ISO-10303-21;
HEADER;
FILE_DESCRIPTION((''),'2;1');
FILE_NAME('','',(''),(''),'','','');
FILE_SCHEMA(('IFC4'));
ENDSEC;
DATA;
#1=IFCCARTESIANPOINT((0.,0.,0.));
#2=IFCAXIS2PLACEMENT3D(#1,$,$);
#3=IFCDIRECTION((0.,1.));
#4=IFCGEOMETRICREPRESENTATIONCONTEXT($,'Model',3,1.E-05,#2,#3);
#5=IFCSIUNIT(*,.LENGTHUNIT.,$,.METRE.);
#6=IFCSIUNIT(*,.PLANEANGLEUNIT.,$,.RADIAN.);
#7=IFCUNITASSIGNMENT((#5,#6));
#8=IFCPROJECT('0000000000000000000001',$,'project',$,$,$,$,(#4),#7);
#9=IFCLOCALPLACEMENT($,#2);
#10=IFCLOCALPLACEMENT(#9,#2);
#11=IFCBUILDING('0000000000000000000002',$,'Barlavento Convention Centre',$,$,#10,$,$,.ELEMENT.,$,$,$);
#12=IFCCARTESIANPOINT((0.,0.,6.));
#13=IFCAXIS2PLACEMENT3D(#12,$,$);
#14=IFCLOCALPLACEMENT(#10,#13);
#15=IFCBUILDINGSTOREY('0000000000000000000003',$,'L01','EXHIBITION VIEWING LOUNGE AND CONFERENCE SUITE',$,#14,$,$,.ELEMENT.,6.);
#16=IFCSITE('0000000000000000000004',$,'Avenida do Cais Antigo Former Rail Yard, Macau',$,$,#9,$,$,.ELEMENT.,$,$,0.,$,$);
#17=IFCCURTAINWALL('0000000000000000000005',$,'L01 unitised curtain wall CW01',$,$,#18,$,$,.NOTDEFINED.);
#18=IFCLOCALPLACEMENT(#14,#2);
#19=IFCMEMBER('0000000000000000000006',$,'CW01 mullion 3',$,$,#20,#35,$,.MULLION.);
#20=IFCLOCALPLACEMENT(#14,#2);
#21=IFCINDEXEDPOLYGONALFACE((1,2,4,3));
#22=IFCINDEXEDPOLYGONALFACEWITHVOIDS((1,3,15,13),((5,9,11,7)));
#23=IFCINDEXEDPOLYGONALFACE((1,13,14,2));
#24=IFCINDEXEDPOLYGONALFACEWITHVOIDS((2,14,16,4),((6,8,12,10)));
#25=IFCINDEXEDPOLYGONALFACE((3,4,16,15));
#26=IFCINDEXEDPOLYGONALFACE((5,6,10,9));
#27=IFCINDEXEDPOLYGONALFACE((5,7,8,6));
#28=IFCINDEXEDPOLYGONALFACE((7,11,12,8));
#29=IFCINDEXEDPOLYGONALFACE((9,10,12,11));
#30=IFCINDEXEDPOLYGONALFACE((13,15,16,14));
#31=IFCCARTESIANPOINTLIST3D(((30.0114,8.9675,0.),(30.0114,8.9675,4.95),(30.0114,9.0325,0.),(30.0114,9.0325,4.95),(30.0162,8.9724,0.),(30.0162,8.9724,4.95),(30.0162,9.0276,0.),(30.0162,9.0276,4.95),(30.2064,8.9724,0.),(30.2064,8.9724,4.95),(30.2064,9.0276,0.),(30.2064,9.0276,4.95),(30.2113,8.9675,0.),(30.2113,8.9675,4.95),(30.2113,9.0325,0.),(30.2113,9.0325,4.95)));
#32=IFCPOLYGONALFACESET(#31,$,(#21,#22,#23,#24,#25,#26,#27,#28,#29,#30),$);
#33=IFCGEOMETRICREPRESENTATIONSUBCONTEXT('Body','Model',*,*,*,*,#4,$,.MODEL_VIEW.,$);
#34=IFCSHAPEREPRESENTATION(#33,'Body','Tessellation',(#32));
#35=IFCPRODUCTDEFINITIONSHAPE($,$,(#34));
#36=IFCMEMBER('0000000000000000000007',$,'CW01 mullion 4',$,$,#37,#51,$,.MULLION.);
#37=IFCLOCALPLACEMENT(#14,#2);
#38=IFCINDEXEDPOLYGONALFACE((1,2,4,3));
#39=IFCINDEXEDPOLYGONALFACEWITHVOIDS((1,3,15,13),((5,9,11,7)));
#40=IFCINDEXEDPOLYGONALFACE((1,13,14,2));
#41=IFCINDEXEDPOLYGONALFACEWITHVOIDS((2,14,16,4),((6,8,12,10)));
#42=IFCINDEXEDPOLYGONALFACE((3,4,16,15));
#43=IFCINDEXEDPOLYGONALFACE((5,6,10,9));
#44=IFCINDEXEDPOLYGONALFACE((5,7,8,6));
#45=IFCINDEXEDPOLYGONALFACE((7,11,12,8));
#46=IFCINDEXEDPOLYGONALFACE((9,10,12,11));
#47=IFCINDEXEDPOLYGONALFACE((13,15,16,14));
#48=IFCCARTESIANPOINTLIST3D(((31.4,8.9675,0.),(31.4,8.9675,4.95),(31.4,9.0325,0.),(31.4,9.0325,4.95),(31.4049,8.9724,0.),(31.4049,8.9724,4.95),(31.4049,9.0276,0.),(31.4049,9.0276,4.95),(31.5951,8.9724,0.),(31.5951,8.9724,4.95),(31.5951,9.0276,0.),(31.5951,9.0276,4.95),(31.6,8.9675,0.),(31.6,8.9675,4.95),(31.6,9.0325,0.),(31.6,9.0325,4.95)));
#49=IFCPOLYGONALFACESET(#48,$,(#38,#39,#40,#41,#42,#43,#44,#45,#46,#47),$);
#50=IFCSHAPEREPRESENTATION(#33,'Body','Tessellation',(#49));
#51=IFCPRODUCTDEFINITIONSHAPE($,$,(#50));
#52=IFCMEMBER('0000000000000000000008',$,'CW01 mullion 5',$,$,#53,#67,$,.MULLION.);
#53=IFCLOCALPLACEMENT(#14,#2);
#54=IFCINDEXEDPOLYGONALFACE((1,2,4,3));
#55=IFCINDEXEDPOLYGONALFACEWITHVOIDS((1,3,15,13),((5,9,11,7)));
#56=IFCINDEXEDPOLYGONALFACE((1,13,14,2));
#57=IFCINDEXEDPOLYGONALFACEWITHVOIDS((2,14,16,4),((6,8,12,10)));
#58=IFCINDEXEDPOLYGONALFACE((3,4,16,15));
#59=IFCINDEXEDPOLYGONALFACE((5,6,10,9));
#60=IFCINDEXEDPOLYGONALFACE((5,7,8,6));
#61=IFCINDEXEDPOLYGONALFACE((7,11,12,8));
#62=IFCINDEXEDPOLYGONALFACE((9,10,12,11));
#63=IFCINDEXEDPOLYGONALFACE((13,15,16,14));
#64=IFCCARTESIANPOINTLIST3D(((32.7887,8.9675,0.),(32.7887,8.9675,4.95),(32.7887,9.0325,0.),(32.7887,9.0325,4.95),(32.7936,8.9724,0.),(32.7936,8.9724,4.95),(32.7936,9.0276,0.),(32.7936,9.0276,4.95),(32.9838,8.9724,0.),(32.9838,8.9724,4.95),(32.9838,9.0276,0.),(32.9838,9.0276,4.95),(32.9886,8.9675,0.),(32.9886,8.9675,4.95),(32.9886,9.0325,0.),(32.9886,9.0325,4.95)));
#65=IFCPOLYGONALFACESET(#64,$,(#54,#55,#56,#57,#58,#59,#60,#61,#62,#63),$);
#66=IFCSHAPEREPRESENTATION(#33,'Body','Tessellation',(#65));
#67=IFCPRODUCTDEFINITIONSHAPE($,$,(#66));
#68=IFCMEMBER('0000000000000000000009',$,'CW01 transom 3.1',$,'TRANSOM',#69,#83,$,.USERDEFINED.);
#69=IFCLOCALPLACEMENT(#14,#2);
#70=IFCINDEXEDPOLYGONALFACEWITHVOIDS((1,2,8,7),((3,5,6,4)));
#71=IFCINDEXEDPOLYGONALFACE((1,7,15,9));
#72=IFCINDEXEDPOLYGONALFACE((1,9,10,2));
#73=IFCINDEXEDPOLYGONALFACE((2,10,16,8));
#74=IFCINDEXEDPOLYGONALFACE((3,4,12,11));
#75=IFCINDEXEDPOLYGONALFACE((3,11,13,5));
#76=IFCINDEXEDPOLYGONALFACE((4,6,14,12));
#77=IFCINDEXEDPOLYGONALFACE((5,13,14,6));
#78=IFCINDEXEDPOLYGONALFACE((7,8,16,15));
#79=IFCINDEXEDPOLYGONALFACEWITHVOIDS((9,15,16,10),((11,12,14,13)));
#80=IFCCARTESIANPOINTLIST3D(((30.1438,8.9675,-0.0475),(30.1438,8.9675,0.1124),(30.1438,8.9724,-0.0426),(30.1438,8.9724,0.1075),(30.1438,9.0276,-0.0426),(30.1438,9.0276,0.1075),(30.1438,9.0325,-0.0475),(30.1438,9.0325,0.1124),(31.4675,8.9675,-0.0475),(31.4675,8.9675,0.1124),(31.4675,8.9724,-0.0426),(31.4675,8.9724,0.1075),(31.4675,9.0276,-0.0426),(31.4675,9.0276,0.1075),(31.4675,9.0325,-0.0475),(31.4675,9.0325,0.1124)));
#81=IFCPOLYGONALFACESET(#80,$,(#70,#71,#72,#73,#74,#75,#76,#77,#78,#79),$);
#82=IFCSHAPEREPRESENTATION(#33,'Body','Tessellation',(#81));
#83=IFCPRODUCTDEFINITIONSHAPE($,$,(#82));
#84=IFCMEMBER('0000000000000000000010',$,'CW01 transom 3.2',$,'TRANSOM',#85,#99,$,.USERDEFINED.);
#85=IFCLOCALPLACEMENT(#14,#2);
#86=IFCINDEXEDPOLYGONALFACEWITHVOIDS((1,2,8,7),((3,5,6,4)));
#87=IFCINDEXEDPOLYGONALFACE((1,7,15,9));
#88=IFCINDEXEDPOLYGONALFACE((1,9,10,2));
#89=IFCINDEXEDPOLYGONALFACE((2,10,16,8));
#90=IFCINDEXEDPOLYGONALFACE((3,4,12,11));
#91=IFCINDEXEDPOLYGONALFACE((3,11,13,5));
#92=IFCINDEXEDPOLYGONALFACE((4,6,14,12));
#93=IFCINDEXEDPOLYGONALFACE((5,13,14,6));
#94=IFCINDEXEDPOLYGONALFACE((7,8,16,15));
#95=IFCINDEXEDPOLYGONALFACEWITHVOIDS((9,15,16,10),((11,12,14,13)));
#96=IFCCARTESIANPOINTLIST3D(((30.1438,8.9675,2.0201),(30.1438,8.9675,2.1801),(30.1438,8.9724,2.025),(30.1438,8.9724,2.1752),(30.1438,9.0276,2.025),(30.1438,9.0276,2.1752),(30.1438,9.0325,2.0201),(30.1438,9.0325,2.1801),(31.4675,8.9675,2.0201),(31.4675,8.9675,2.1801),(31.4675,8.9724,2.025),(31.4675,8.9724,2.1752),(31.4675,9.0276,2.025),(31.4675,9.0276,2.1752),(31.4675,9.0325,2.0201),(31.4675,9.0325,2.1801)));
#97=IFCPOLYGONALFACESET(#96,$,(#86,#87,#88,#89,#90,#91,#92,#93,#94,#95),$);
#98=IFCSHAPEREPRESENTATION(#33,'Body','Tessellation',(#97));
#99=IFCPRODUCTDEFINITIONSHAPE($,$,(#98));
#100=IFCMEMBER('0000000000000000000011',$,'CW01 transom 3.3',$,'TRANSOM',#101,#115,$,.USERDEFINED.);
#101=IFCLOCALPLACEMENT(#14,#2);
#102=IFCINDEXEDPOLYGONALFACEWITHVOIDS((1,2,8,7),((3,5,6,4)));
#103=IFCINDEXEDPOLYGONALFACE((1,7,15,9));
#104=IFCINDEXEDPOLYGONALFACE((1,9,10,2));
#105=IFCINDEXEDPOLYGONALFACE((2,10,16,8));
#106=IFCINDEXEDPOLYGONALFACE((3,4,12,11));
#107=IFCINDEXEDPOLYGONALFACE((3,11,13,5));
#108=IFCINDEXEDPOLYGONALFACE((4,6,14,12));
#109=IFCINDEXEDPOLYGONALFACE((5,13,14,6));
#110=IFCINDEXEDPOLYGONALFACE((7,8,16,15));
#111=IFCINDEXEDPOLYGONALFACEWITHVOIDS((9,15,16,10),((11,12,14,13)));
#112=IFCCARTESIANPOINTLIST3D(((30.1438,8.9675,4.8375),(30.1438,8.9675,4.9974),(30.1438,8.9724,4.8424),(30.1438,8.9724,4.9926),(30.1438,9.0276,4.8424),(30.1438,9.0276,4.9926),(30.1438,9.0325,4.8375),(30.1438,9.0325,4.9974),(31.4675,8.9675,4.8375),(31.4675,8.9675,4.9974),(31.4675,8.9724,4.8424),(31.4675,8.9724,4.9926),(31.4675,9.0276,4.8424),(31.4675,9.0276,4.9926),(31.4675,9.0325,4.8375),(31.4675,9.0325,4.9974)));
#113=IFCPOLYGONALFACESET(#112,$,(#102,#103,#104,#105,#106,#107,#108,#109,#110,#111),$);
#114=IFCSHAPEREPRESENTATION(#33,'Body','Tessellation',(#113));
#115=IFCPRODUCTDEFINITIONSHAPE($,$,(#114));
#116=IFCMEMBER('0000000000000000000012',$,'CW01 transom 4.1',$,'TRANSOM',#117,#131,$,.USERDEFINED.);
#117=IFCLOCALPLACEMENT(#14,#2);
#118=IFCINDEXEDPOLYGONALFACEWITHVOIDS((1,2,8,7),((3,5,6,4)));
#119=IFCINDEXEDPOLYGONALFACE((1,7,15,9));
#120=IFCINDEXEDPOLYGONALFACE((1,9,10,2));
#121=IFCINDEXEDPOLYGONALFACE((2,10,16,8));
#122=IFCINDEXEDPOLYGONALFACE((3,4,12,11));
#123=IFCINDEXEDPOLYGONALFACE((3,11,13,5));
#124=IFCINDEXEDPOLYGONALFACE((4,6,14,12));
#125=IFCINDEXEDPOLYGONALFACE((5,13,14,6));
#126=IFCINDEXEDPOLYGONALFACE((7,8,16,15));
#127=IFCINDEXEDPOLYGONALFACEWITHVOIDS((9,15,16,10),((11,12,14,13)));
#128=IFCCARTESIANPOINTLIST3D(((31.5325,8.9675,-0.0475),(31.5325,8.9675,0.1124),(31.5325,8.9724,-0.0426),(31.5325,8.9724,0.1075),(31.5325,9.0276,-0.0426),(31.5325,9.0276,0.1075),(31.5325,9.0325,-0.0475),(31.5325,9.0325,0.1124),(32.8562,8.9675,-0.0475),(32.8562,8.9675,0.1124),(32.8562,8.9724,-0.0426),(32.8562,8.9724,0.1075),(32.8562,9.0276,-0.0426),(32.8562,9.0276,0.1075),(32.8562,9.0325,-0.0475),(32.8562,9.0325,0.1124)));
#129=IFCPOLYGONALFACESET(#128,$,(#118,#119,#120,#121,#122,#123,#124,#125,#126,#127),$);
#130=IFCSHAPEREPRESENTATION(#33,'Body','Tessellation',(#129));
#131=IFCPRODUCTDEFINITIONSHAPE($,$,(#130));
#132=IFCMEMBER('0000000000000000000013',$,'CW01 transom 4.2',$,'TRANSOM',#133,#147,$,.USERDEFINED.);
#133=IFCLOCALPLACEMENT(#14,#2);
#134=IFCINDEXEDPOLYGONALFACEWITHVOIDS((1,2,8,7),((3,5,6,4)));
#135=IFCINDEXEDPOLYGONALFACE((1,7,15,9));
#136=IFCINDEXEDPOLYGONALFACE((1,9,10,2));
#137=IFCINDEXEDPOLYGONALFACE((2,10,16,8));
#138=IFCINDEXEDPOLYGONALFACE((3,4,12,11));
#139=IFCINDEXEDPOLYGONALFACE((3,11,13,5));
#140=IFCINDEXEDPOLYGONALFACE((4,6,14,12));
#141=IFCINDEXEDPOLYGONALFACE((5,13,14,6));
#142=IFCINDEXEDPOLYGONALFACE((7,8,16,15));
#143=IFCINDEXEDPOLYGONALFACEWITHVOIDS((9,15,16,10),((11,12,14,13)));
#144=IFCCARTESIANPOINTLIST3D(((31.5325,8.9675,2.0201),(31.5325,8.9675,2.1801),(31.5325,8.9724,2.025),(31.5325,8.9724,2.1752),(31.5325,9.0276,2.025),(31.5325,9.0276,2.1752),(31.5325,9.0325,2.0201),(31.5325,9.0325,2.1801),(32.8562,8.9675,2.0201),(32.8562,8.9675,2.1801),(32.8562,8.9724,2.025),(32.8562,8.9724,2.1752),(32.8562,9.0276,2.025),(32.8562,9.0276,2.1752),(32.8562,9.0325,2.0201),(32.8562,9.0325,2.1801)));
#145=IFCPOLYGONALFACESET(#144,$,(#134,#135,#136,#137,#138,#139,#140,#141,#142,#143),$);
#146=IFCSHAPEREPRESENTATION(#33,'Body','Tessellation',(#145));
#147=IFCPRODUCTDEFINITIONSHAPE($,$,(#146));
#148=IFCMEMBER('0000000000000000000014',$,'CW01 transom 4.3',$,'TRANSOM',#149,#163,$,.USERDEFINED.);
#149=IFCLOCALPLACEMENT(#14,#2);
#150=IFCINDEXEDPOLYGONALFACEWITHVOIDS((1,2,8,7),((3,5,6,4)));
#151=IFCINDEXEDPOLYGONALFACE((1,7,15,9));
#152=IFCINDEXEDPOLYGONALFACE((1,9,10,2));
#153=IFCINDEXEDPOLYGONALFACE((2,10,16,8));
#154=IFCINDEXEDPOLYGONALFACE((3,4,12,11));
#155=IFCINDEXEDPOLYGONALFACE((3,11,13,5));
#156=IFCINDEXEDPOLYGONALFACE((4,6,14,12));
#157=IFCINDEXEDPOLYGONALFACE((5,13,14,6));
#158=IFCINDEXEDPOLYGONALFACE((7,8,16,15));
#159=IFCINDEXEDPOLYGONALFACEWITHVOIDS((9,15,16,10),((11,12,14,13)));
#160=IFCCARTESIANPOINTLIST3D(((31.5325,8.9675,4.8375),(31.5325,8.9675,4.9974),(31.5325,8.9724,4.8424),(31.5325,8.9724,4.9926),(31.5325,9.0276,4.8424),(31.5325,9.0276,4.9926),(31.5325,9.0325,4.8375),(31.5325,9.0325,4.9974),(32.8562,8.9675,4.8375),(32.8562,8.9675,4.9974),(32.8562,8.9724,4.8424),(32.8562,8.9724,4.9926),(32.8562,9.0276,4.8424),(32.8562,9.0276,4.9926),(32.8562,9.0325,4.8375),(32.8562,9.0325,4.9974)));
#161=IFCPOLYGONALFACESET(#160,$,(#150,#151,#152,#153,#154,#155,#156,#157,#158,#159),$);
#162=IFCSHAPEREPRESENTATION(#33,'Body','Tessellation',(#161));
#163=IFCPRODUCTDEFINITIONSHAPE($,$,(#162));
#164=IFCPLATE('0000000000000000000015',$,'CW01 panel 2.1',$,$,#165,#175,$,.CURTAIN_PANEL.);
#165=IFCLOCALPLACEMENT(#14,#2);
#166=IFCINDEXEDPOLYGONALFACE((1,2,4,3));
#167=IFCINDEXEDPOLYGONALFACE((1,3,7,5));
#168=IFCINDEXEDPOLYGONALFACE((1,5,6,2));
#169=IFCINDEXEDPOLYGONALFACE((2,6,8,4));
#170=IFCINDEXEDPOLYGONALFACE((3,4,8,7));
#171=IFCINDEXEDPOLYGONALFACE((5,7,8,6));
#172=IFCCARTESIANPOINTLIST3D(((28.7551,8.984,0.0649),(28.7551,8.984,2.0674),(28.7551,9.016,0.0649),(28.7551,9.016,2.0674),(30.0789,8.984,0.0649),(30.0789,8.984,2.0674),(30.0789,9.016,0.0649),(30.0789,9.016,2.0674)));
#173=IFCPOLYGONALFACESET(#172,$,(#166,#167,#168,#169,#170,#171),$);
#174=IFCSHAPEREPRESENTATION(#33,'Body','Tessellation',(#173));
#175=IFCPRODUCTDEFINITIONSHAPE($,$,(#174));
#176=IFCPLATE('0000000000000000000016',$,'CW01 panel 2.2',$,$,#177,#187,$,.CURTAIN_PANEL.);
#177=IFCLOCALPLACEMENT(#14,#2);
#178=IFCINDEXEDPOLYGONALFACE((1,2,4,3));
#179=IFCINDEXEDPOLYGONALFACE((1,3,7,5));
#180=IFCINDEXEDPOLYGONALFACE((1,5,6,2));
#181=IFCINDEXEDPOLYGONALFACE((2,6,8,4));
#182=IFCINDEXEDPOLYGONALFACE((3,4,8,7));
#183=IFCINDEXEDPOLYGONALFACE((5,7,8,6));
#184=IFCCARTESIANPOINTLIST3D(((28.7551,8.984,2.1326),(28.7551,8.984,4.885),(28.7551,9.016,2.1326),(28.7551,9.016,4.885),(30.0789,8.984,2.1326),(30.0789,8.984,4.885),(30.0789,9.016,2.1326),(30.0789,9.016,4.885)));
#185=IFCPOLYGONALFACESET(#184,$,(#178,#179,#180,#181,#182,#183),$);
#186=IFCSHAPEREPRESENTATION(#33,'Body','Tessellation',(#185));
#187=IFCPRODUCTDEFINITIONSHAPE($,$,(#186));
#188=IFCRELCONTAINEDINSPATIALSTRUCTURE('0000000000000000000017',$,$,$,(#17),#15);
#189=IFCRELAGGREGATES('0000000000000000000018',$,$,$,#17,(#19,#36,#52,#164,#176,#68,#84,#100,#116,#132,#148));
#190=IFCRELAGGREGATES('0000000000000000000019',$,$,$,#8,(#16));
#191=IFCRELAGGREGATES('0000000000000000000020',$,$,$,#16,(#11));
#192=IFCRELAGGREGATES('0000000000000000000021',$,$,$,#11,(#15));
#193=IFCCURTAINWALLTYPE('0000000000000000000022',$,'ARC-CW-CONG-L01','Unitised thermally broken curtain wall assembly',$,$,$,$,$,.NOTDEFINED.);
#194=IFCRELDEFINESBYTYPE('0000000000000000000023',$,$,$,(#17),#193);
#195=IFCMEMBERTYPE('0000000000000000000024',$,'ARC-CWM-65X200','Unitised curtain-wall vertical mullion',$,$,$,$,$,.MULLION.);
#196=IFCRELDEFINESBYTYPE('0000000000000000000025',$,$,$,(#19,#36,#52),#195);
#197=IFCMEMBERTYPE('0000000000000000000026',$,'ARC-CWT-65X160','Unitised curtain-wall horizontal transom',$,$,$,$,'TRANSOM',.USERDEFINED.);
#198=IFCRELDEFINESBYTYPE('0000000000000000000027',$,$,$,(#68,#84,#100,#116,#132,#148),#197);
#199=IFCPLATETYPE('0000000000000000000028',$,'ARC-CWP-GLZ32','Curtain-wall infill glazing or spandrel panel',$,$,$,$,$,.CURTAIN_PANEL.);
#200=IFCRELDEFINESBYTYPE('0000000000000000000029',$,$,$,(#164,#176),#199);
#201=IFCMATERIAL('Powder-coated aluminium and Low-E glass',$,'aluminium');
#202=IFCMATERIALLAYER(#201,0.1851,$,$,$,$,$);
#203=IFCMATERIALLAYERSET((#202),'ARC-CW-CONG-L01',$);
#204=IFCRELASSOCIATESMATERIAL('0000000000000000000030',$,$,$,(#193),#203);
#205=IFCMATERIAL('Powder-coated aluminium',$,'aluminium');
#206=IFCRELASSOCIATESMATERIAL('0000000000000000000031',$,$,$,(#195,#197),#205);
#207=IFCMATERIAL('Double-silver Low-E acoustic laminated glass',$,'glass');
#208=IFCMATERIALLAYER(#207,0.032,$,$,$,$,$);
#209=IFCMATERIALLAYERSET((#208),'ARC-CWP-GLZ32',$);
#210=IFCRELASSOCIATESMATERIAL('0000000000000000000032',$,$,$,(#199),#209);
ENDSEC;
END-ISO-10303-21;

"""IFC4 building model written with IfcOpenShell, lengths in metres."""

from ifc_helpers import new_model, si_unit, direction, frame, origin, origin_2d, place, context, subcontext, project, spatial, rectangle, hollow_rectangle, extrude, material, layer, layer_set, material_profile, profile_set, type_object, element, aggregate, save


model = new_model("IFC4")

# Units and contexts
model_context = context("Model", 3, precision=1e-05, world=origin(), true_north=direction((0.0, 1.0)))
body_context = subcontext(model_context, "Body", "Model", "MODEL_VIEW")
ifc_project = project(units=[si_unit("LENGTHUNIT", "METRE"), si_unit("PLANEANGLEUNIT", "RADIAN")], contexts=[model_context])

# Site, building, storey
site_placement = place(None, origin())
site = spatial("IfcSite", under=ifc_project, at=site_placement, Name="Avenida do Cais Antigo Former Rail Yard, Macau", CompositionType="ELEMENT", RefElevation=0.0)
building_placement = place(site_placement, origin())
building = spatial("IfcBuilding", under=site, at=building_placement, Name="Barlavento Convention Centre", CompositionType="ELEMENT")
storey_placement = place(building_placement, frame((0.0, 0.0, 6.0)))
storey = spatial("IfcBuildingStorey", under=building, at=storey_placement, Name="L01", Description="EXHIBITION VIEWING LOUNGE AND CONFERENCE SUITE", CompositionType="ELEMENT", Elevation=6.0)

# Curtain wall, members, plates
ifc_material_1 = material(Name="Powder-coated aluminium and Low-E glass", Category="aluminium")
ifc_layer_1 = layer(ifc_material_1, 0.1851)
ifc_layer_set_1 = layer_set([ifc_layer_1], Name="ARC-CW-CONG-L01")
curtain_wall_type = type_object("IfcCurtainWallType", Name="ARC-CW-CONG-L01", Description="Unitised thermally broken curtain wall assembly", PredefinedType="NOTDEFINED", material=ifc_layer_set_1)
curtain_wall_placement = place(storey_placement, origin())
curtain_wall = element("IfcCurtainWall", 1, at=curtain_wall_placement, inside=storey, type_object=curtain_wall_type, Name="L01 unitised curtain wall CW01", PredefinedType="NOTDEFINED")
ifc_material_2 = material(Name="Powder-coated aluminium", Category="aluminium")
ifc_material_profile_1 = material_profile(ifc_material_2, hollow_rectangle(XDim=0.0649, YDim=0.2, WallThickness=0.0049, at=origin_2d()), Name="AL-MULL 65x200x5")
ifc_profile_set_1 = profile_set([ifc_material_profile_1], Name="Powder-coated aluminium")
member_type_1 = type_object("IfcMemberType", Name="ARC-CWM-65X200", Description="Unitised curtain-wall vertical mullion", PredefinedType="MULLION", material=ifc_profile_set_1)
member_1_placement = place(storey_placement, frame((30.1113, 9.0, 0.0), z_axis=(0.0, 0.0, 1.0), x_axis=(0.0, 1.0, 0.0)))
member_1 = element("IfcMember", 2, at=member_1_placement, type_object=member_type_1, Name="CW01 mullion 3", PredefinedType="MULLION", context=body_context, shape_type="SweptSolid", body=[
    extrude(hollow_rectangle(XDim=0.0649, YDim=0.2, WallThickness=0.0049, at=origin_2d()), origin(), (0.0, 0.0, 1.0), 4.95),
])
member_2_placement = place(storey_placement, frame((31.5, 9.0, 0.0), z_axis=(0.0, 0.0, 1.0), x_axis=(0.0, 1.0, 0.0)))
member_2 = element("IfcMember", 3, at=member_2_placement, type_object=member_type_1, Name="CW01 mullion 4", PredefinedType="MULLION", context=body_context, shape_type="SweptSolid", body=[
    extrude(hollow_rectangle(XDim=0.0649, YDim=0.2, WallThickness=0.0049, at=origin_2d()), origin(), (0.0, 0.0, 1.0), 4.95),
])
member_3_placement = place(storey_placement, frame((32.8887, 9.0, 0.0), z_axis=(0.0, 0.0, 1.0), x_axis=(0.0, 1.0, 0.0)))
member_3 = element("IfcMember", 4, at=member_3_placement, type_object=member_type_1, Name="CW01 mullion 5", PredefinedType="MULLION", context=body_context, shape_type="SweptSolid", body=[
    extrude(hollow_rectangle(XDim=0.0649, YDim=0.2, WallThickness=0.0049, at=origin_2d()), origin(), (0.0, 0.0, 1.0), 4.95),
])
ifc_material_profile_2 = material_profile(ifc_material_2, hollow_rectangle(XDim=0.0649, YDim=0.1599, WallThickness=0.0049, at=origin_2d()), Name="AL-TRAN 65x160x5")
ifc_profile_set_2 = profile_set([ifc_material_profile_2], Name="Powder-coated aluminium")
member_type_2 = type_object("IfcMemberType", Name="ARC-CWT-65X160", Description="Unitised curtain-wall horizontal transom", ElementType="TRANSOM", PredefinedType="USERDEFINED", material=ifc_profile_set_2)
member_4_placement = place(storey_placement, frame((30.1438, 9.0, 0.0325), z_axis=(1.0, 0.0, 0.0), x_axis=(0.0, 1.0, 0.0)))
member_4 = element("IfcMember", 5, at=member_4_placement, type_object=member_type_2, Name="CW01 transom 3.1", ObjectType="TRANSOM", PredefinedType="USERDEFINED", context=body_context, shape_type="SweptSolid", body=[
    extrude(hollow_rectangle(XDim=0.0649, YDim=0.1599, WallThickness=0.0049, at=origin_2d()), origin(), (0.0, 0.0, 1.0), 1.3237),
])
member_5_placement = place(storey_placement, frame((30.1438, 9.0, 2.1001), z_axis=(1.0, 0.0, 0.0), x_axis=(0.0, 1.0, 0.0)))
member_5 = element("IfcMember", 6, at=member_5_placement, type_object=member_type_2, Name="CW01 transom 3.2", ObjectType="TRANSOM", PredefinedType="USERDEFINED", context=body_context, shape_type="SweptSolid", body=[
    extrude(hollow_rectangle(XDim=0.0649, YDim=0.1599, WallThickness=0.0049, at=origin_2d()), origin(), (0.0, 0.0, 1.0), 1.3237),
])
member_6_placement = place(storey_placement, frame((30.1438, 9.0, 4.9175), z_axis=(1.0, 0.0, 0.0), x_axis=(0.0, 1.0, 0.0)))
member_6 = element("IfcMember", 7, at=member_6_placement, type_object=member_type_2, Name="CW01 transom 3.3", ObjectType="TRANSOM", PredefinedType="USERDEFINED", context=body_context, shape_type="SweptSolid", body=[
    extrude(hollow_rectangle(XDim=0.0649, YDim=0.1599, WallThickness=0.0049, at=origin_2d()), origin(), (0.0, 0.0, 1.0), 1.3237),
])
member_7_placement = place(storey_placement, frame((31.5325, 9.0, 0.0325), z_axis=(1.0, 0.0, 0.0), x_axis=(0.0, 1.0, 0.0)))
member_7 = element("IfcMember", 8, at=member_7_placement, type_object=member_type_2, Name="CW01 transom 4.1", ObjectType="TRANSOM", PredefinedType="USERDEFINED", context=body_context, shape_type="SweptSolid", body=[
    extrude(hollow_rectangle(XDim=0.0649, YDim=0.1599, WallThickness=0.0049, at=origin_2d()), origin(), (0.0, 0.0, 1.0), 1.3237),
])
member_8_placement = place(storey_placement, frame((31.5325, 9.0, 2.1001), z_axis=(1.0, 0.0, 0.0), x_axis=(0.0, 1.0, 0.0)))
member_8 = element("IfcMember", 9, at=member_8_placement, type_object=member_type_2, Name="CW01 transom 4.2", ObjectType="TRANSOM", PredefinedType="USERDEFINED", context=body_context, shape_type="SweptSolid", body=[
    extrude(hollow_rectangle(XDim=0.0649, YDim=0.1599, WallThickness=0.0049, at=origin_2d()), origin(), (0.0, 0.0, 1.0), 1.3237),
])
member_9_placement = place(storey_placement, frame((31.5325, 9.0, 4.9175), z_axis=(1.0, 0.0, 0.0), x_axis=(0.0, 1.0, 0.0)))
member_9 = element("IfcMember", 10, at=member_9_placement, type_object=member_type_2, Name="CW01 transom 4.3", ObjectType="TRANSOM", PredefinedType="USERDEFINED", context=body_context, shape_type="SweptSolid", body=[
    extrude(hollow_rectangle(XDim=0.0649, YDim=0.1599, WallThickness=0.0049, at=origin_2d()), origin(), (0.0, 0.0, 1.0), 1.3237),
])
ifc_material_3 = material(Name="Double-silver Low-E acoustic laminated glass", Category="glass")
ifc_layer_2 = layer(ifc_material_3, 0.032)
ifc_layer_set_2 = layer_set([ifc_layer_2], Name="ARC-CWP-GLZ32")
plate_type = type_object("IfcPlateType", Name="ARC-CWP-GLZ32", Description="Curtain-wall infill glazing or spandrel panel", PredefinedType="CURTAIN_PANEL", material=ifc_layer_set_2)
plate_1_placement = place(storey_placement, frame((29.417, 9.0, 0.0649), z_axis=(0.0, 0.0, 1.0), x_axis=(1.0, 0.0, 0.0)))
plate_1 = element("IfcPlate", 11, at=plate_1_placement, type_object=plate_type, Name="CW01 panel 2.1", PredefinedType="CURTAIN_PANEL", context=body_context, shape_type="SweptSolid", body=[
    extrude(rectangle(XDim=1.3237, YDim=0.032, at=origin_2d()), origin(), (0.0, 0.0, 1.0), 2.0024),
])
plate_2_placement = place(storey_placement, frame((29.417, 9.0, 2.1326), z_axis=(0.0, 0.0, 1.0), x_axis=(1.0, 0.0, 0.0)))
plate_2 = element("IfcPlate", 12, at=plate_2_placement, type_object=plate_type, Name="CW01 panel 2.2", PredefinedType="CURTAIN_PANEL", context=body_context, shape_type="SweptSolid", body=[
    extrude(rectangle(XDim=1.3237, YDim=0.032, at=origin_2d()), origin(), (0.0, 0.0, 1.0), 2.7524),
])
aggregate(curtain_wall, [member_1, member_2, member_3, plate_1, plate_2, member_4, member_5, member_6, member_7, member_8, member_9])

save(model, "model.ifc")
